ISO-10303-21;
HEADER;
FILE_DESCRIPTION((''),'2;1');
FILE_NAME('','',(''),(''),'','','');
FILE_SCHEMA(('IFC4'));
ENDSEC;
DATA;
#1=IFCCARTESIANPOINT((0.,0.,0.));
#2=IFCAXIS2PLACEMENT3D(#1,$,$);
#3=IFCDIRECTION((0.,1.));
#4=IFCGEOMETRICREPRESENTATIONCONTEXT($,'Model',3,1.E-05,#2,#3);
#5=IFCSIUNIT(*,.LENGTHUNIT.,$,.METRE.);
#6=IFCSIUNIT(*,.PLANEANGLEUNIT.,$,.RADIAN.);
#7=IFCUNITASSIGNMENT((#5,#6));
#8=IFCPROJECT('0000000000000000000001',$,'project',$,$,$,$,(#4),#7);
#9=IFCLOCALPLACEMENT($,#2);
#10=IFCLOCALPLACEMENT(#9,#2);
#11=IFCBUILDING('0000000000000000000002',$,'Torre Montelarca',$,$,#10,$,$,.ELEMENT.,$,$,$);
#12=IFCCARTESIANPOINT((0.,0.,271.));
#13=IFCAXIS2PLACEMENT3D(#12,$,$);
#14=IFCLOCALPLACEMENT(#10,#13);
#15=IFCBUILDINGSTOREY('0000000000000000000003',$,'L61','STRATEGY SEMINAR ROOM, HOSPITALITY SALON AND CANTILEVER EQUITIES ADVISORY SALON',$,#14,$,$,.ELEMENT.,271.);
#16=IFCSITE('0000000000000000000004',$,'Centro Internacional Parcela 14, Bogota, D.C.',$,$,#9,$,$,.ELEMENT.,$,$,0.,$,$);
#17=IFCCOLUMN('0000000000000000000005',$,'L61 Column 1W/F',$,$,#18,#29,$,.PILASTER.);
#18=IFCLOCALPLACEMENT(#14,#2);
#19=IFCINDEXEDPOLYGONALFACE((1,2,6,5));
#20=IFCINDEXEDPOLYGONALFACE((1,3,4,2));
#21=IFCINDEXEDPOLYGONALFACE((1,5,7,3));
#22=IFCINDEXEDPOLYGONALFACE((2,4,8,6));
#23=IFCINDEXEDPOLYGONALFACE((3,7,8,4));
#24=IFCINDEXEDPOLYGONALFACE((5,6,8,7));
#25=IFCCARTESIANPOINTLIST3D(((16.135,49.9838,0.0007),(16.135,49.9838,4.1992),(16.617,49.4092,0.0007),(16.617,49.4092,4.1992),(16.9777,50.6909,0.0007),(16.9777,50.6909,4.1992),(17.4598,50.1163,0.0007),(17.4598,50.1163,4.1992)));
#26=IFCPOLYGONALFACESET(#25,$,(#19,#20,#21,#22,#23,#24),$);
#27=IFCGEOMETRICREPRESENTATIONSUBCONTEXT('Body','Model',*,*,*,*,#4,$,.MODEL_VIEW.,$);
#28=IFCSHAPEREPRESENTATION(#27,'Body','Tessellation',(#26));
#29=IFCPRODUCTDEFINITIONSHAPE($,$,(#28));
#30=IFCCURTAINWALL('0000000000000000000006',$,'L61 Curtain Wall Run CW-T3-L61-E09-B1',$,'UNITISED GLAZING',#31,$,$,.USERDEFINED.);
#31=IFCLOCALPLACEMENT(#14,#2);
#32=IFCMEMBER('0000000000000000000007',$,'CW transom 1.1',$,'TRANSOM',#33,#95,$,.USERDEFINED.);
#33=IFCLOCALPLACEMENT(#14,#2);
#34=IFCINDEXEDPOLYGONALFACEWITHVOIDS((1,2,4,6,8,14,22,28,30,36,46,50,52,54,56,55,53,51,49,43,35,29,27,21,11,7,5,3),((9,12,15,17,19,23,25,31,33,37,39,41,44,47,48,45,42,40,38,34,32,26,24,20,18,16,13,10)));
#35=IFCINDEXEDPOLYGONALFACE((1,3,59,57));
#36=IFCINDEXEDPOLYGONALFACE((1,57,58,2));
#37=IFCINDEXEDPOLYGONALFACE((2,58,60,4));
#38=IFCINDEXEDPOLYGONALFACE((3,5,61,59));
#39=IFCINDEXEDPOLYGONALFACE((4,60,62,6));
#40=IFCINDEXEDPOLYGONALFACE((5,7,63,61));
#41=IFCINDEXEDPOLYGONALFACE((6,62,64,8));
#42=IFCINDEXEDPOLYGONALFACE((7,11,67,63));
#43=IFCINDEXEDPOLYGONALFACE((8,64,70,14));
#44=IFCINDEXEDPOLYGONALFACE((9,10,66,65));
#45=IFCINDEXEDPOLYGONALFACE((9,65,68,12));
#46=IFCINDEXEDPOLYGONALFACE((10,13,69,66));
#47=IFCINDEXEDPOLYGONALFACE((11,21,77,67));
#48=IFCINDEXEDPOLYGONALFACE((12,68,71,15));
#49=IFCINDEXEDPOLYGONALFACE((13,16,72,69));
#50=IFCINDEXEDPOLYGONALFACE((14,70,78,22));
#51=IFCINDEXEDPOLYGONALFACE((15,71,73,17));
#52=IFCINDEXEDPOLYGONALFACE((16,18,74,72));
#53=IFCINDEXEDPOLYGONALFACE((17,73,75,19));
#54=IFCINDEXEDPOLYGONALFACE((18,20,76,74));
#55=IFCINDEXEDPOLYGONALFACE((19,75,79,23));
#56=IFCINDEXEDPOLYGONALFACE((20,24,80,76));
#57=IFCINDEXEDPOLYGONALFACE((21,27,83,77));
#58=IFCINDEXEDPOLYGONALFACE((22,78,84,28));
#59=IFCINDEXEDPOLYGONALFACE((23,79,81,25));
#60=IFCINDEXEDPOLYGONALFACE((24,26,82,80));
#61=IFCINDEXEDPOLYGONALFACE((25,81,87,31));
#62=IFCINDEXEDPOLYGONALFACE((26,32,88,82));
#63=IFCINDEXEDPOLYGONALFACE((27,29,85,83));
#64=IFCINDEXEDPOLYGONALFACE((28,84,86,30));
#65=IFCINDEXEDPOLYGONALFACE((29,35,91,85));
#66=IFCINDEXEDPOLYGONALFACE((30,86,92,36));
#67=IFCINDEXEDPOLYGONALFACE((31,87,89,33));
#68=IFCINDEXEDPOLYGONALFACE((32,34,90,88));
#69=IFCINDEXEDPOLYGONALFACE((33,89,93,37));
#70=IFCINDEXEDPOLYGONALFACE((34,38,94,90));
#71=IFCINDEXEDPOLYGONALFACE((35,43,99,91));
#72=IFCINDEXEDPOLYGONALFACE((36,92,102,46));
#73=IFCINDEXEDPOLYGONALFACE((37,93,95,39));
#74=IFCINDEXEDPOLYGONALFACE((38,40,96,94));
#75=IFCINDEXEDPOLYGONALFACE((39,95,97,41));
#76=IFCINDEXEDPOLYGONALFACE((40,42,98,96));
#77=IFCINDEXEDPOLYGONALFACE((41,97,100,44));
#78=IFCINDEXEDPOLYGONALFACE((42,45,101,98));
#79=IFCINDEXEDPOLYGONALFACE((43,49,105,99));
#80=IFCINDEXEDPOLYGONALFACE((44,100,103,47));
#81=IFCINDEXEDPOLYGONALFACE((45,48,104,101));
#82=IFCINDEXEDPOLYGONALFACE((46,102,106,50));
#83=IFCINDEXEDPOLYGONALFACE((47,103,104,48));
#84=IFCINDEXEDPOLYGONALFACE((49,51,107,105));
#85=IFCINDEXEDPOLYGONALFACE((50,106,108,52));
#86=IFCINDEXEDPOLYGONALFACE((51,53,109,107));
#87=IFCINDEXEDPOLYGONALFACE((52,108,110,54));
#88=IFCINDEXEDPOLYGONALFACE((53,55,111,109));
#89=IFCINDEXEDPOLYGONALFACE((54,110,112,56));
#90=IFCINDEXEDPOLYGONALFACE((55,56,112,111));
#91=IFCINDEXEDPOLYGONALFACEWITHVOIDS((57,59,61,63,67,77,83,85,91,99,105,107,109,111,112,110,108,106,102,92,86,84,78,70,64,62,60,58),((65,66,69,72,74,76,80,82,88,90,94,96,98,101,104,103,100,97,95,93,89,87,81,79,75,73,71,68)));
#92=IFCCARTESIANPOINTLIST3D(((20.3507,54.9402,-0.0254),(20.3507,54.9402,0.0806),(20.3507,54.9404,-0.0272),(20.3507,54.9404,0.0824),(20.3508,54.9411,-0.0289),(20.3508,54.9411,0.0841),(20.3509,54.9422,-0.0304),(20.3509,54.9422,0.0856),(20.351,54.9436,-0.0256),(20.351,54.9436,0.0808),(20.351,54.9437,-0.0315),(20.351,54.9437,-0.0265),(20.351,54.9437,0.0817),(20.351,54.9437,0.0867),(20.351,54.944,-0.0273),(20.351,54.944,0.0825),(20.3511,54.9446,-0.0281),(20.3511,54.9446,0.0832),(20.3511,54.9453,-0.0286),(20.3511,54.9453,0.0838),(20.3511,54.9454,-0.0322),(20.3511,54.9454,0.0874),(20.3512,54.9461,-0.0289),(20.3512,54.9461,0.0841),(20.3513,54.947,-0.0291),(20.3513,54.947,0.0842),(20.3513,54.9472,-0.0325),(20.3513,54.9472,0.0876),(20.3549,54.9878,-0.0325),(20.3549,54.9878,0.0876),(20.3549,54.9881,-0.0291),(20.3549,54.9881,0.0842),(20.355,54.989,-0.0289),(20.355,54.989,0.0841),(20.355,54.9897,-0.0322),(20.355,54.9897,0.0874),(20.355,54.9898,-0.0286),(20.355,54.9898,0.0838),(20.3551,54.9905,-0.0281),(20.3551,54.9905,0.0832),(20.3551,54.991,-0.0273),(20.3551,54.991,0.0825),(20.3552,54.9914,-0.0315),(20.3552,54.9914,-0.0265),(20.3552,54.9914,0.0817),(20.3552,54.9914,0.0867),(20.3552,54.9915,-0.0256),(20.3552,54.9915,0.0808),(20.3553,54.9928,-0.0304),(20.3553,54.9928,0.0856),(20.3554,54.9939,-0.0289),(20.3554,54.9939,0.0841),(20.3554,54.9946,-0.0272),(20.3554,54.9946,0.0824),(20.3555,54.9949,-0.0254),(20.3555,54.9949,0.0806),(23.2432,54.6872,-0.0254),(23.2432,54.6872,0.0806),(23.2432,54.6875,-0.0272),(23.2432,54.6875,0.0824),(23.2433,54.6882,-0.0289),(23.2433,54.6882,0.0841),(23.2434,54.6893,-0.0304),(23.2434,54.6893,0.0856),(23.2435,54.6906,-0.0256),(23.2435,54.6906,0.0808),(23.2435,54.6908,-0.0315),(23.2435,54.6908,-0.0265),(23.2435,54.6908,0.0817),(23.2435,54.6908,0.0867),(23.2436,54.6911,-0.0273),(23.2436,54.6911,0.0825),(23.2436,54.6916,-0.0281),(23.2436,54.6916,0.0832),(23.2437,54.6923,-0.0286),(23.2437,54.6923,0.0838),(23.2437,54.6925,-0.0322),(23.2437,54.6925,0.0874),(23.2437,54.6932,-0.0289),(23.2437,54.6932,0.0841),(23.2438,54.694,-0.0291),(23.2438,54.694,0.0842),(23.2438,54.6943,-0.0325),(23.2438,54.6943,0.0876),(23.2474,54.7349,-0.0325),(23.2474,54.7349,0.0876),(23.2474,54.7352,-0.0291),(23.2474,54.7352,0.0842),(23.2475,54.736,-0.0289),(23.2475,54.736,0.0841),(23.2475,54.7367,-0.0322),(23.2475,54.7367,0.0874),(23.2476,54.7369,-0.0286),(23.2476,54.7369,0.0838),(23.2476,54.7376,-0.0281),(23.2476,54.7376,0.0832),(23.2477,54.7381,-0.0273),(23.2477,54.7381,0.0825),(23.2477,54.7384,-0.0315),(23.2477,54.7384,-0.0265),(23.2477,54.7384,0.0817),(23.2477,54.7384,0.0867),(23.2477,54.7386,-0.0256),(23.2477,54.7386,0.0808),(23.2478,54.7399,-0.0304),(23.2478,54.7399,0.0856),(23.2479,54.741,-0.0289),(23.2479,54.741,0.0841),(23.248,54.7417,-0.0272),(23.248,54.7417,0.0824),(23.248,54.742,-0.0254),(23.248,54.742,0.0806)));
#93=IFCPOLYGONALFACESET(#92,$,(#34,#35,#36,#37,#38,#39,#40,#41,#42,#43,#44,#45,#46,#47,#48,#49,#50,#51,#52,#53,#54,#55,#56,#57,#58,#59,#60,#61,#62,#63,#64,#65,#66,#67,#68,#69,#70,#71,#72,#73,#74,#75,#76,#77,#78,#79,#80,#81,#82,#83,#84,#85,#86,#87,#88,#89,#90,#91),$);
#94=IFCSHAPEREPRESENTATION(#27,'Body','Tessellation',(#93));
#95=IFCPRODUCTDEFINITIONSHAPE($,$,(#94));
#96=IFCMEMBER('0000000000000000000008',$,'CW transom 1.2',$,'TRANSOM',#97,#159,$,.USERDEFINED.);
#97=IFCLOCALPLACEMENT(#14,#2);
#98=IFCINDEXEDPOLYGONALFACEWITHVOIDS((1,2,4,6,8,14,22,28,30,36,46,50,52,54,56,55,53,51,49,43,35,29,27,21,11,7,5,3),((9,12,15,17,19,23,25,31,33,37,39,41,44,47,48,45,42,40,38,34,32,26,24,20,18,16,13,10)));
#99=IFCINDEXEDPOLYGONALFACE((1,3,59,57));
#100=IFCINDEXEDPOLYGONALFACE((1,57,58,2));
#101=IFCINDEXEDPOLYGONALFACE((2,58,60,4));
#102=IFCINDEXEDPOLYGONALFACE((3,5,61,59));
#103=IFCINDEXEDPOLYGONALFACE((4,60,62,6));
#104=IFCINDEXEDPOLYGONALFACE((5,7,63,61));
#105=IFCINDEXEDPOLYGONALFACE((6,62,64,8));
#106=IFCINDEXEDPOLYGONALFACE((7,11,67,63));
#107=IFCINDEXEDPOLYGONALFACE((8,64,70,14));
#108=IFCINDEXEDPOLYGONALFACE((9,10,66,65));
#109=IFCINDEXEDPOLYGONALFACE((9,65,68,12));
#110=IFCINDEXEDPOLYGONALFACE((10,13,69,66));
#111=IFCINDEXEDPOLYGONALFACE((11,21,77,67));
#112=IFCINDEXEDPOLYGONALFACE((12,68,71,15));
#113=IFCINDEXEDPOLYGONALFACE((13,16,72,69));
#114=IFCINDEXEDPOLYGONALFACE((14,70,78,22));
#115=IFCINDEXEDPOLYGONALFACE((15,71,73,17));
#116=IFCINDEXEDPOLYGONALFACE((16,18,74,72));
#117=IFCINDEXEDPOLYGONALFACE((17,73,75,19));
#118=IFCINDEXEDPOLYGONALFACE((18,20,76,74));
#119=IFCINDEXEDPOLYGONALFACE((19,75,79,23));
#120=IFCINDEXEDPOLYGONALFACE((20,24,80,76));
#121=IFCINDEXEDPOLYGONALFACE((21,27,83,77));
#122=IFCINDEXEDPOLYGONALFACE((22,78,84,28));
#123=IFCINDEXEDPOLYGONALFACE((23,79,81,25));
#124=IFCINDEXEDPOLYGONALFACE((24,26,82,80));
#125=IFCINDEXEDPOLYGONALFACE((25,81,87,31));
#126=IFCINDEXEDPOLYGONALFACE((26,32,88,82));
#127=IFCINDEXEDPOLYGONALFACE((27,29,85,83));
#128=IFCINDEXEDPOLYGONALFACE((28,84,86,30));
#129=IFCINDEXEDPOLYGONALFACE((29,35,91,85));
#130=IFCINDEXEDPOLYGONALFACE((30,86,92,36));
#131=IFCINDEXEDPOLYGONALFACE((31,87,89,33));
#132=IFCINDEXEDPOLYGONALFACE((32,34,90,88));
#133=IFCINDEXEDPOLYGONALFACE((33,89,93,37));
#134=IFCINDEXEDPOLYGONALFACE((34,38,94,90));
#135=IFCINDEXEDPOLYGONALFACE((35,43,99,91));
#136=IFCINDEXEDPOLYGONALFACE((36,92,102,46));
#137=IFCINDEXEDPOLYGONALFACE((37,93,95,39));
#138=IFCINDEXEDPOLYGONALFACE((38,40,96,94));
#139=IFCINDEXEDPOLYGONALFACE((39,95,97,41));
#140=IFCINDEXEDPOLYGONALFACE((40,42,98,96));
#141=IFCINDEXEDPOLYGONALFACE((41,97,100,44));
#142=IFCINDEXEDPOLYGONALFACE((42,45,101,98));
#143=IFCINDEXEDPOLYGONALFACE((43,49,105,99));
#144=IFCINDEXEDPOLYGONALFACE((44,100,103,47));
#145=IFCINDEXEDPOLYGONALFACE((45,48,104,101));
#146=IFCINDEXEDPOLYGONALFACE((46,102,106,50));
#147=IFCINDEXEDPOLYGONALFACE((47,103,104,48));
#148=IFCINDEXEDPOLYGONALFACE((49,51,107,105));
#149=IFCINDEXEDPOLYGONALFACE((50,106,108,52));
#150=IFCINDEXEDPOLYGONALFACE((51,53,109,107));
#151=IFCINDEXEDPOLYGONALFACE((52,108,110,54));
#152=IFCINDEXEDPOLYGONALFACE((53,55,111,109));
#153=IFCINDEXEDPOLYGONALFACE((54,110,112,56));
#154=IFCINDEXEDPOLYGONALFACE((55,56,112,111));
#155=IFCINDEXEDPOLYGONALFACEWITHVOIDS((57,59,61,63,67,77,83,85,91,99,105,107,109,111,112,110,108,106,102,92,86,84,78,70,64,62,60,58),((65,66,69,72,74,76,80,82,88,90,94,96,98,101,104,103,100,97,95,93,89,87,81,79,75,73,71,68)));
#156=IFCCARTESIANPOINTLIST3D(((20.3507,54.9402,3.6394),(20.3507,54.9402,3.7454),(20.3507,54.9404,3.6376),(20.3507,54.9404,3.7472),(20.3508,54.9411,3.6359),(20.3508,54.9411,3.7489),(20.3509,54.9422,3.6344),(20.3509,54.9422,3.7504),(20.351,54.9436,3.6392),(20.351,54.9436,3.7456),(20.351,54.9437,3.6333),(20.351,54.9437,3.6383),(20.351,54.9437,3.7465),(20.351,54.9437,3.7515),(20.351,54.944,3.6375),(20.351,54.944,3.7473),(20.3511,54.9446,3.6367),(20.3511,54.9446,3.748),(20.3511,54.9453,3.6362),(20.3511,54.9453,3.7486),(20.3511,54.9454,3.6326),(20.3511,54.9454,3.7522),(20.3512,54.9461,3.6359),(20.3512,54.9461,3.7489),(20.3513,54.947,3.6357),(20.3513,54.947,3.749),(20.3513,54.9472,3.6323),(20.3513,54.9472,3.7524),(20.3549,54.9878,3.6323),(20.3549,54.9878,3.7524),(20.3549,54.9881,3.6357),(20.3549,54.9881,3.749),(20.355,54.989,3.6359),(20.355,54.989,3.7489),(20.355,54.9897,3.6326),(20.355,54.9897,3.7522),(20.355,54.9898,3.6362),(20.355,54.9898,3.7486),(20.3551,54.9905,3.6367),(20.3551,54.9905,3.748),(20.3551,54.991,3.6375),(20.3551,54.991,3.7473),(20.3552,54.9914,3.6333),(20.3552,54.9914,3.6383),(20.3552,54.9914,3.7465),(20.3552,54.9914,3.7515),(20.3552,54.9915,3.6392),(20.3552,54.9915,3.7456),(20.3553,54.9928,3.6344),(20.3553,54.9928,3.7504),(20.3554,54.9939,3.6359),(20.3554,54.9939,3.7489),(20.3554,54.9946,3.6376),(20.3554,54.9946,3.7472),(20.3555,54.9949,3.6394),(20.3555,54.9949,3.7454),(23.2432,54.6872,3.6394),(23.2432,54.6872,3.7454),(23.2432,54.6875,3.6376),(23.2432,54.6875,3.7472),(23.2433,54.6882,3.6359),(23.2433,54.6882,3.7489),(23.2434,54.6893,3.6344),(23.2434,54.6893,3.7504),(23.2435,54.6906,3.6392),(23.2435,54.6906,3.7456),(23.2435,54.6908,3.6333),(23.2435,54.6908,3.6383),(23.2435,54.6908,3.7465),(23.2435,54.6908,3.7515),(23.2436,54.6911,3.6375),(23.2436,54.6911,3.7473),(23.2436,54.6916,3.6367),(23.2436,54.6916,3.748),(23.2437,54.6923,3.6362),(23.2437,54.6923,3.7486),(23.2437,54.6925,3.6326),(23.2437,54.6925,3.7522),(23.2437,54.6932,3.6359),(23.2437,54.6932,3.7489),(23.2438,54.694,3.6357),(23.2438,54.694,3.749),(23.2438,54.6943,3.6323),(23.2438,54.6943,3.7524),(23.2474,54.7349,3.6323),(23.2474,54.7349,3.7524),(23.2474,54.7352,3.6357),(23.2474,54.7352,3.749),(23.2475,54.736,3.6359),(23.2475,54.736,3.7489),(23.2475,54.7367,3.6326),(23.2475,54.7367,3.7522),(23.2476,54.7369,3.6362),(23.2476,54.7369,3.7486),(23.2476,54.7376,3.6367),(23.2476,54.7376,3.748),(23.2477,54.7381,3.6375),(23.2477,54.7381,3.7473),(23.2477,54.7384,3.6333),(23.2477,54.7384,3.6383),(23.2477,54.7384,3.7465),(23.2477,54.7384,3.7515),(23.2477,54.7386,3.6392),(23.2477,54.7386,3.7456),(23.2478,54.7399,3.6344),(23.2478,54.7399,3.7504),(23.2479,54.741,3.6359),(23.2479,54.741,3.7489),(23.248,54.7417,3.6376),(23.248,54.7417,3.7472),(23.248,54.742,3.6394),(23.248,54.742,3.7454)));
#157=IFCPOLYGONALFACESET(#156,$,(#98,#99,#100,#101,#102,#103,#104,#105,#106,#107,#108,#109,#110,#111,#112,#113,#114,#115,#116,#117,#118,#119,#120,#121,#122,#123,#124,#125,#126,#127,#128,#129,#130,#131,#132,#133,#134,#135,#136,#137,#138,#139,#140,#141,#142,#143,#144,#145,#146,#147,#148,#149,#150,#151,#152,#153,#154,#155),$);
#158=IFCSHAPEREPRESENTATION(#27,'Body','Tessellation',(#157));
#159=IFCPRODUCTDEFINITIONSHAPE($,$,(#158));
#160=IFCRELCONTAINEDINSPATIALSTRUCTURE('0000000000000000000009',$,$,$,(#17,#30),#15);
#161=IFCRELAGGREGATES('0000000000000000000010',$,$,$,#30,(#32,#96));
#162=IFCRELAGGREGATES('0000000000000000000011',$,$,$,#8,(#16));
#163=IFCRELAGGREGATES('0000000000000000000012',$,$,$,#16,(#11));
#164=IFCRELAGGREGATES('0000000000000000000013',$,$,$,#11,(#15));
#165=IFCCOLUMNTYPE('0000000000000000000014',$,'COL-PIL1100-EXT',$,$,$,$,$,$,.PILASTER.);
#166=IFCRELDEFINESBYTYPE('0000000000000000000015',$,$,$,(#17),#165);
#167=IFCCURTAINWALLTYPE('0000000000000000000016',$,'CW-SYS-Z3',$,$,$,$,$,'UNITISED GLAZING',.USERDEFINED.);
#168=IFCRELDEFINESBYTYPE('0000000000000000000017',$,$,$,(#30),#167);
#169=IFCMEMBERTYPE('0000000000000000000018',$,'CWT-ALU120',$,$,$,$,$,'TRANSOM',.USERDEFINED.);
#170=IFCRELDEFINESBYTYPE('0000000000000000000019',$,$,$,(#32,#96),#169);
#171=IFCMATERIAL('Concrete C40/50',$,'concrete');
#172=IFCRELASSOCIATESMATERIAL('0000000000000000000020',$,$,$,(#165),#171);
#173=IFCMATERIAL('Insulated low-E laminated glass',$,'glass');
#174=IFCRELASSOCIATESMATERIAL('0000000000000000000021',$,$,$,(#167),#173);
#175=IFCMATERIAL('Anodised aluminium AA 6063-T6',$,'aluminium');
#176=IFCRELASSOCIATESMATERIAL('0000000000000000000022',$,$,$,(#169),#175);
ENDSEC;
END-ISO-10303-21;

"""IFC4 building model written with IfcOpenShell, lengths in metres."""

from ifc_helpers import new_model, si_unit, direction, frame, origin, origin_2d, place, context, subcontext, project, spatial, rectangle, hollow_rectangle, extrude, source, transform, mapped, material, material_profile, profile_set, type_object, element, aggregate, save


model = new_model("IFC4")

# Units and contexts
model_context = context("Model", 3, precision=1e-05, world=origin(), true_north=direction((0.0, 1.0)))
body_context = subcontext(model_context, "Body", "Model", "MODEL_VIEW")
ifc_project = project(units=[si_unit("LENGTHUNIT", "METRE"), si_unit("PLANEANGLEUNIT", "RADIAN")], contexts=[model_context])

# Site, building, storey
site_placement = place(None, origin())
site = spatial("IfcSite", under=ifc_project, at=site_placement, Name="Centro Internacional Parcela 14, Bogota, D.C.", CompositionType="ELEMENT", RefElevation=0.0)
building_placement = place(site_placement, origin())
building = spatial("IfcBuilding", under=site, at=building_placement, Name="Torre Montelarca", CompositionType="ELEMENT")
storey_placement = place(building_placement, frame((0.0, 0.0, 271.0)))
storey = spatial("IfcBuildingStorey", under=building, at=storey_placement, Name="L61", Description="STRATEGY SEMINAR ROOM, HOSPITALITY SALON AND CANTILEVER EQUITIES ADVISORY SALON", CompositionType="ELEMENT", Elevation=271.0)

# Column
ifc_material_1 = material(Name="Concrete C40/50", Category="concrete")
ifc_material_profile_1 = material_profile(ifc_material_1, rectangle(XDim=0.75, YDim=1.1001, at=origin_2d()), Name="RC1100X750", Category="concrete")
ifc_profile_set_1 = profile_set([ifc_material_profile_1], Name="Concrete C40/50")
column_type = type_object("IfcColumnType", Name="COL-PIL1100-EXT", PredefinedType="PILASTER", material=ifc_profile_set_1)
shared_shape_1 = source(origin(), body_context, "Body", "SweptSolid", [
    extrude(rectangle(XDim=0.75, YDim=1.1001, at=origin_2d()), origin(), (0.0, 0.0, 1.0), 4.1985),
])
column_placement = place(storey_placement, frame((16.7974, 50.05, 0.0007), z_axis=(0.0, 0.0, 1.0), x_axis=(-0.642788, 0.766044, 0.0)))
element("IfcColumn", 1, at=column_placement, inside=storey, type_object=column_type, Name="L61 Column 1W/F", PredefinedType="PILASTER", context=body_context, shape_type="MappedRepresentation", body=[
    mapped(shared_shape_1, transform((0.0, 0.0, 0.0), scale=1.0)),
])

# Curtain wall, members
ifc_material_2 = material(Name="Insulated low-E laminated glass", Category="glass")
curtain_wall_type = type_object("IfcCurtainWallType", Name="CW-SYS-Z3", ElementType="UNITISED GLAZING", PredefinedType="USERDEFINED", material=ifc_material_2)
curtain_wall_1_placement = place(storey_placement, origin())
curtain_wall_1 = element("IfcCurtainWall", 2, at=curtain_wall_1_placement, inside=storey, type_object=curtain_wall_type, Name="L61 Curtain Wall Run CW-T3-L61-E09-B1", ObjectType="UNITISED GLAZING", PredefinedType="USERDEFINED")
ifc_material_3 = material(Name="Anodised aluminium AA 6063-T6", Category="aluminium")
ifc_material_profile_2 = material_profile(ifc_material_3, hollow_rectangle(XDim=0.0549, YDim=0.1201, WallThickness=0.0034, InnerFilletRadius=0.0034, OuterFilletRadius=0.0071, at=origin_2d()), Name="ALU55X120X3.5", Category="aluminium")
ifc_profile_set_2 = profile_set([ifc_material_profile_2], Name="Anodised aluminium AA 6063-T6")
member_type_1 = type_object("IfcMemberType", Name="CWT-ALU120", ElementType="TRANSOM", PredefinedType="USERDEFINED", material=ifc_profile_set_2)
shared_shape_2 = source(origin(), body_context, "Body", "SweptSolid", [
    extrude(hollow_rectangle(XDim=0.0549, YDim=0.1201, WallThickness=0.0034, InnerFilletRadius=0.0034, OuterFilletRadius=0.0071, at=origin_2d()), origin(), (0.0, 0.0, 1.0), 2.9036),
])
member_1_placement = place(storey_placement, frame((23.2456, 54.7146, 0.0276), z_axis=(-0.996199, 0.087109, 0.0), x_axis=(-0.087109, -0.996199, 0.0)))
member_1 = element("IfcMember", 3, at=member_1_placement, type_object=member_type_1, Name="CW transom 1.1", ObjectType="TRANSOM", PredefinedType="USERDEFINED", context=body_context, shape_type="MappedRepresentation", body=[
    mapped(shared_shape_2, transform((0.0, 0.0, 0.0), scale=1.0)),
])
member_2_placement = place(storey_placement, frame((23.2456, 54.7146, 3.6924), z_axis=(-0.996199, 0.087109, 0.0), x_axis=(-0.087109, -0.996199, 0.0)))
member_2 = element("IfcMember", 4, at=member_2_placement, type_object=member_type_1, Name="CW transom 1.2", ObjectType="TRANSOM", PredefinedType="USERDEFINED", context=body_context, shape_type="MappedRepresentation", body=[
    mapped(shared_shape_2, transform((0.0, 0.0, 0.0), scale=1.0)),
])

aggregate(curtain_wall_1, [member_1, member_2])

save(model, "model.ifc")
